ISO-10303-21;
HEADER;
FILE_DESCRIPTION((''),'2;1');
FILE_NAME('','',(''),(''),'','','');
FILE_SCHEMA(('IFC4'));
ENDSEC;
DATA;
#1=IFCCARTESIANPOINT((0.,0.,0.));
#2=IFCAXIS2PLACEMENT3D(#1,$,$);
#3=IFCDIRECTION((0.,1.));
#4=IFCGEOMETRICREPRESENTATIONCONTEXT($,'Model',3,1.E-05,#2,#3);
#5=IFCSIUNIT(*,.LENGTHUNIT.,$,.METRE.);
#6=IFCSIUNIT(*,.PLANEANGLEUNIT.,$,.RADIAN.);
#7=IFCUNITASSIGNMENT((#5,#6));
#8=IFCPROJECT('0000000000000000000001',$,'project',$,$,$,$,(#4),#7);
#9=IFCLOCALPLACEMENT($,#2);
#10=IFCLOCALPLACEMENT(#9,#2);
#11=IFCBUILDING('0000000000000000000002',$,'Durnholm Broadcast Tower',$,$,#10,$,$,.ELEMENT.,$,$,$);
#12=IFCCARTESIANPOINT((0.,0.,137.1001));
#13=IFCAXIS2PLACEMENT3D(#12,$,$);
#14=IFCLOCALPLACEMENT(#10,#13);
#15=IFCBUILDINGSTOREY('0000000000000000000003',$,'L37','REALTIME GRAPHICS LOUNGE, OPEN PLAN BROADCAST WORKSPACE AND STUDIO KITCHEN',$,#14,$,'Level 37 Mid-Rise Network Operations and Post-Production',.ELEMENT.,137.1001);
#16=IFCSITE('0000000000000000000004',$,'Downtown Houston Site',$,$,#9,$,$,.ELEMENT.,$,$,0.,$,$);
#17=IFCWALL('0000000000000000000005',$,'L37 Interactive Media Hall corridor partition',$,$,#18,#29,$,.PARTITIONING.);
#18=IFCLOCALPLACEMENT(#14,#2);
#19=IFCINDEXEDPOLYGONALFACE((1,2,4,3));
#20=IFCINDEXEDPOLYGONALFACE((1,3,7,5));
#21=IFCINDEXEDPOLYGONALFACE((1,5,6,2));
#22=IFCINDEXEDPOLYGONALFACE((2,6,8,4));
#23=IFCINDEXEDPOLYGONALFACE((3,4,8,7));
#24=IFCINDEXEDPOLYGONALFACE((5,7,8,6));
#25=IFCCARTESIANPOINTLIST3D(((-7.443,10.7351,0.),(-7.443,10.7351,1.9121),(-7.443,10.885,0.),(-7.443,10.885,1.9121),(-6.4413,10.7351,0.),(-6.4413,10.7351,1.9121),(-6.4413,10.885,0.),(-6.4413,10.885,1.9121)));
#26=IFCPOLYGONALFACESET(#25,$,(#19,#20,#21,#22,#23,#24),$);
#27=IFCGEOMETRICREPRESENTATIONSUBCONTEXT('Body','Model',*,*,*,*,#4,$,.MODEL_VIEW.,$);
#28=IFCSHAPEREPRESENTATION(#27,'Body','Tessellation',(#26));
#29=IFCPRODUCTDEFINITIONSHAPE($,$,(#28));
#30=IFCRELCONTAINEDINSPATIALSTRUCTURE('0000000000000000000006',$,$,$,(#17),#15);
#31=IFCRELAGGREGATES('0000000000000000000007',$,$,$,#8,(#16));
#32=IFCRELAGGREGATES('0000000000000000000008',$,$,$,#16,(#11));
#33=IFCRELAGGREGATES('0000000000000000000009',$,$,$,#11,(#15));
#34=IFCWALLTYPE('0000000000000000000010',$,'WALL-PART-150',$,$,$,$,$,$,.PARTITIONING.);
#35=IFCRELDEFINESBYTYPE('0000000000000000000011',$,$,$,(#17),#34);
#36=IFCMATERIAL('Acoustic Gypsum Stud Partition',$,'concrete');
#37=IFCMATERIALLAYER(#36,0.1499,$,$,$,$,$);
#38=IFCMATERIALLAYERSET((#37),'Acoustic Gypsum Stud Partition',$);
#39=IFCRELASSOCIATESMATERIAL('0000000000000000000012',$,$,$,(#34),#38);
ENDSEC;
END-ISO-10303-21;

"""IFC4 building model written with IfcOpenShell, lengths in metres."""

from ifc_helpers import new_model, si_unit, direction, frame, frame_2d, origin, place, context, subcontext, project, spatial, rectangle, extrude, material, layer, layer_set, type_object, element, save


model = new_model("IFC4")

# Units and contexts
model_context = context("Model", 3, precision=1e-05, world=origin(), true_north=direction((0.0, 1.0)))
body_context = subcontext(model_context, "Body", "Model", "MODEL_VIEW")
ifc_project = project(units=[si_unit("LENGTHUNIT", "METRE"), si_unit("PLANEANGLEUNIT", "RADIAN")], contexts=[model_context])

# Site, building, storey
site_placement = place(None, origin())
site = spatial("IfcSite", under=ifc_project, at=site_placement, Name="Downtown Houston Site", CompositionType="ELEMENT", RefElevation=0.0)
building_placement = place(site_placement, origin())
building = spatial("IfcBuilding", under=site, at=building_placement, Name="Durnholm Broadcast Tower", CompositionType="ELEMENT")
storey_placement = place(building_placement, frame((0.0, 0.0, 137.1001)))
storey = spatial("IfcBuildingStorey", under=building, at=storey_placement, Name="L37", Description="REALTIME GRAPHICS LOUNGE, OPEN PLAN BROADCAST WORKSPACE AND STUDIO KITCHEN", LongName="Level 37 Mid-Rise Network Operations and Post-Production", CompositionType="ELEMENT", Elevation=137.1001)

# Shared definitions
ifc_material_1 = material(Name="Acoustic Gypsum Stud Partition", Category="concrete")
ifc_layer_1 = layer(ifc_material_1, 0.1499)
ifc_layer_set_1 = layer_set([ifc_layer_1], Name="Acoustic Gypsum Stud Partition")
wall_type_1 = type_object("IfcWallType", Name="WALL-PART-150", PredefinedType="PARTITIONING", material=ifc_layer_set_1)

# Wall
wall_1_placement = place(storey_placement, frame((-6.4412, 10.8101, 0.0), z_axis=(0.0, 0.0, 1.0), x_axis=(-1.0, 0.0, 0.0)))
element("IfcWall", 1, at=wall_1_placement, inside=storey, type_object=wall_type_1, Name="L37 Interactive Media Hall corridor partition", PredefinedType="PARTITIONING", context=body_context, shape_type="SweptSolid", body=[
    extrude(rectangle(XDim=1.0017, YDim=0.1499, at=frame_2d((0.501, 0.0))), origin(), (0.0, 0.0, 1.0), 1.9121),
])

save(model, "model.ifc")
